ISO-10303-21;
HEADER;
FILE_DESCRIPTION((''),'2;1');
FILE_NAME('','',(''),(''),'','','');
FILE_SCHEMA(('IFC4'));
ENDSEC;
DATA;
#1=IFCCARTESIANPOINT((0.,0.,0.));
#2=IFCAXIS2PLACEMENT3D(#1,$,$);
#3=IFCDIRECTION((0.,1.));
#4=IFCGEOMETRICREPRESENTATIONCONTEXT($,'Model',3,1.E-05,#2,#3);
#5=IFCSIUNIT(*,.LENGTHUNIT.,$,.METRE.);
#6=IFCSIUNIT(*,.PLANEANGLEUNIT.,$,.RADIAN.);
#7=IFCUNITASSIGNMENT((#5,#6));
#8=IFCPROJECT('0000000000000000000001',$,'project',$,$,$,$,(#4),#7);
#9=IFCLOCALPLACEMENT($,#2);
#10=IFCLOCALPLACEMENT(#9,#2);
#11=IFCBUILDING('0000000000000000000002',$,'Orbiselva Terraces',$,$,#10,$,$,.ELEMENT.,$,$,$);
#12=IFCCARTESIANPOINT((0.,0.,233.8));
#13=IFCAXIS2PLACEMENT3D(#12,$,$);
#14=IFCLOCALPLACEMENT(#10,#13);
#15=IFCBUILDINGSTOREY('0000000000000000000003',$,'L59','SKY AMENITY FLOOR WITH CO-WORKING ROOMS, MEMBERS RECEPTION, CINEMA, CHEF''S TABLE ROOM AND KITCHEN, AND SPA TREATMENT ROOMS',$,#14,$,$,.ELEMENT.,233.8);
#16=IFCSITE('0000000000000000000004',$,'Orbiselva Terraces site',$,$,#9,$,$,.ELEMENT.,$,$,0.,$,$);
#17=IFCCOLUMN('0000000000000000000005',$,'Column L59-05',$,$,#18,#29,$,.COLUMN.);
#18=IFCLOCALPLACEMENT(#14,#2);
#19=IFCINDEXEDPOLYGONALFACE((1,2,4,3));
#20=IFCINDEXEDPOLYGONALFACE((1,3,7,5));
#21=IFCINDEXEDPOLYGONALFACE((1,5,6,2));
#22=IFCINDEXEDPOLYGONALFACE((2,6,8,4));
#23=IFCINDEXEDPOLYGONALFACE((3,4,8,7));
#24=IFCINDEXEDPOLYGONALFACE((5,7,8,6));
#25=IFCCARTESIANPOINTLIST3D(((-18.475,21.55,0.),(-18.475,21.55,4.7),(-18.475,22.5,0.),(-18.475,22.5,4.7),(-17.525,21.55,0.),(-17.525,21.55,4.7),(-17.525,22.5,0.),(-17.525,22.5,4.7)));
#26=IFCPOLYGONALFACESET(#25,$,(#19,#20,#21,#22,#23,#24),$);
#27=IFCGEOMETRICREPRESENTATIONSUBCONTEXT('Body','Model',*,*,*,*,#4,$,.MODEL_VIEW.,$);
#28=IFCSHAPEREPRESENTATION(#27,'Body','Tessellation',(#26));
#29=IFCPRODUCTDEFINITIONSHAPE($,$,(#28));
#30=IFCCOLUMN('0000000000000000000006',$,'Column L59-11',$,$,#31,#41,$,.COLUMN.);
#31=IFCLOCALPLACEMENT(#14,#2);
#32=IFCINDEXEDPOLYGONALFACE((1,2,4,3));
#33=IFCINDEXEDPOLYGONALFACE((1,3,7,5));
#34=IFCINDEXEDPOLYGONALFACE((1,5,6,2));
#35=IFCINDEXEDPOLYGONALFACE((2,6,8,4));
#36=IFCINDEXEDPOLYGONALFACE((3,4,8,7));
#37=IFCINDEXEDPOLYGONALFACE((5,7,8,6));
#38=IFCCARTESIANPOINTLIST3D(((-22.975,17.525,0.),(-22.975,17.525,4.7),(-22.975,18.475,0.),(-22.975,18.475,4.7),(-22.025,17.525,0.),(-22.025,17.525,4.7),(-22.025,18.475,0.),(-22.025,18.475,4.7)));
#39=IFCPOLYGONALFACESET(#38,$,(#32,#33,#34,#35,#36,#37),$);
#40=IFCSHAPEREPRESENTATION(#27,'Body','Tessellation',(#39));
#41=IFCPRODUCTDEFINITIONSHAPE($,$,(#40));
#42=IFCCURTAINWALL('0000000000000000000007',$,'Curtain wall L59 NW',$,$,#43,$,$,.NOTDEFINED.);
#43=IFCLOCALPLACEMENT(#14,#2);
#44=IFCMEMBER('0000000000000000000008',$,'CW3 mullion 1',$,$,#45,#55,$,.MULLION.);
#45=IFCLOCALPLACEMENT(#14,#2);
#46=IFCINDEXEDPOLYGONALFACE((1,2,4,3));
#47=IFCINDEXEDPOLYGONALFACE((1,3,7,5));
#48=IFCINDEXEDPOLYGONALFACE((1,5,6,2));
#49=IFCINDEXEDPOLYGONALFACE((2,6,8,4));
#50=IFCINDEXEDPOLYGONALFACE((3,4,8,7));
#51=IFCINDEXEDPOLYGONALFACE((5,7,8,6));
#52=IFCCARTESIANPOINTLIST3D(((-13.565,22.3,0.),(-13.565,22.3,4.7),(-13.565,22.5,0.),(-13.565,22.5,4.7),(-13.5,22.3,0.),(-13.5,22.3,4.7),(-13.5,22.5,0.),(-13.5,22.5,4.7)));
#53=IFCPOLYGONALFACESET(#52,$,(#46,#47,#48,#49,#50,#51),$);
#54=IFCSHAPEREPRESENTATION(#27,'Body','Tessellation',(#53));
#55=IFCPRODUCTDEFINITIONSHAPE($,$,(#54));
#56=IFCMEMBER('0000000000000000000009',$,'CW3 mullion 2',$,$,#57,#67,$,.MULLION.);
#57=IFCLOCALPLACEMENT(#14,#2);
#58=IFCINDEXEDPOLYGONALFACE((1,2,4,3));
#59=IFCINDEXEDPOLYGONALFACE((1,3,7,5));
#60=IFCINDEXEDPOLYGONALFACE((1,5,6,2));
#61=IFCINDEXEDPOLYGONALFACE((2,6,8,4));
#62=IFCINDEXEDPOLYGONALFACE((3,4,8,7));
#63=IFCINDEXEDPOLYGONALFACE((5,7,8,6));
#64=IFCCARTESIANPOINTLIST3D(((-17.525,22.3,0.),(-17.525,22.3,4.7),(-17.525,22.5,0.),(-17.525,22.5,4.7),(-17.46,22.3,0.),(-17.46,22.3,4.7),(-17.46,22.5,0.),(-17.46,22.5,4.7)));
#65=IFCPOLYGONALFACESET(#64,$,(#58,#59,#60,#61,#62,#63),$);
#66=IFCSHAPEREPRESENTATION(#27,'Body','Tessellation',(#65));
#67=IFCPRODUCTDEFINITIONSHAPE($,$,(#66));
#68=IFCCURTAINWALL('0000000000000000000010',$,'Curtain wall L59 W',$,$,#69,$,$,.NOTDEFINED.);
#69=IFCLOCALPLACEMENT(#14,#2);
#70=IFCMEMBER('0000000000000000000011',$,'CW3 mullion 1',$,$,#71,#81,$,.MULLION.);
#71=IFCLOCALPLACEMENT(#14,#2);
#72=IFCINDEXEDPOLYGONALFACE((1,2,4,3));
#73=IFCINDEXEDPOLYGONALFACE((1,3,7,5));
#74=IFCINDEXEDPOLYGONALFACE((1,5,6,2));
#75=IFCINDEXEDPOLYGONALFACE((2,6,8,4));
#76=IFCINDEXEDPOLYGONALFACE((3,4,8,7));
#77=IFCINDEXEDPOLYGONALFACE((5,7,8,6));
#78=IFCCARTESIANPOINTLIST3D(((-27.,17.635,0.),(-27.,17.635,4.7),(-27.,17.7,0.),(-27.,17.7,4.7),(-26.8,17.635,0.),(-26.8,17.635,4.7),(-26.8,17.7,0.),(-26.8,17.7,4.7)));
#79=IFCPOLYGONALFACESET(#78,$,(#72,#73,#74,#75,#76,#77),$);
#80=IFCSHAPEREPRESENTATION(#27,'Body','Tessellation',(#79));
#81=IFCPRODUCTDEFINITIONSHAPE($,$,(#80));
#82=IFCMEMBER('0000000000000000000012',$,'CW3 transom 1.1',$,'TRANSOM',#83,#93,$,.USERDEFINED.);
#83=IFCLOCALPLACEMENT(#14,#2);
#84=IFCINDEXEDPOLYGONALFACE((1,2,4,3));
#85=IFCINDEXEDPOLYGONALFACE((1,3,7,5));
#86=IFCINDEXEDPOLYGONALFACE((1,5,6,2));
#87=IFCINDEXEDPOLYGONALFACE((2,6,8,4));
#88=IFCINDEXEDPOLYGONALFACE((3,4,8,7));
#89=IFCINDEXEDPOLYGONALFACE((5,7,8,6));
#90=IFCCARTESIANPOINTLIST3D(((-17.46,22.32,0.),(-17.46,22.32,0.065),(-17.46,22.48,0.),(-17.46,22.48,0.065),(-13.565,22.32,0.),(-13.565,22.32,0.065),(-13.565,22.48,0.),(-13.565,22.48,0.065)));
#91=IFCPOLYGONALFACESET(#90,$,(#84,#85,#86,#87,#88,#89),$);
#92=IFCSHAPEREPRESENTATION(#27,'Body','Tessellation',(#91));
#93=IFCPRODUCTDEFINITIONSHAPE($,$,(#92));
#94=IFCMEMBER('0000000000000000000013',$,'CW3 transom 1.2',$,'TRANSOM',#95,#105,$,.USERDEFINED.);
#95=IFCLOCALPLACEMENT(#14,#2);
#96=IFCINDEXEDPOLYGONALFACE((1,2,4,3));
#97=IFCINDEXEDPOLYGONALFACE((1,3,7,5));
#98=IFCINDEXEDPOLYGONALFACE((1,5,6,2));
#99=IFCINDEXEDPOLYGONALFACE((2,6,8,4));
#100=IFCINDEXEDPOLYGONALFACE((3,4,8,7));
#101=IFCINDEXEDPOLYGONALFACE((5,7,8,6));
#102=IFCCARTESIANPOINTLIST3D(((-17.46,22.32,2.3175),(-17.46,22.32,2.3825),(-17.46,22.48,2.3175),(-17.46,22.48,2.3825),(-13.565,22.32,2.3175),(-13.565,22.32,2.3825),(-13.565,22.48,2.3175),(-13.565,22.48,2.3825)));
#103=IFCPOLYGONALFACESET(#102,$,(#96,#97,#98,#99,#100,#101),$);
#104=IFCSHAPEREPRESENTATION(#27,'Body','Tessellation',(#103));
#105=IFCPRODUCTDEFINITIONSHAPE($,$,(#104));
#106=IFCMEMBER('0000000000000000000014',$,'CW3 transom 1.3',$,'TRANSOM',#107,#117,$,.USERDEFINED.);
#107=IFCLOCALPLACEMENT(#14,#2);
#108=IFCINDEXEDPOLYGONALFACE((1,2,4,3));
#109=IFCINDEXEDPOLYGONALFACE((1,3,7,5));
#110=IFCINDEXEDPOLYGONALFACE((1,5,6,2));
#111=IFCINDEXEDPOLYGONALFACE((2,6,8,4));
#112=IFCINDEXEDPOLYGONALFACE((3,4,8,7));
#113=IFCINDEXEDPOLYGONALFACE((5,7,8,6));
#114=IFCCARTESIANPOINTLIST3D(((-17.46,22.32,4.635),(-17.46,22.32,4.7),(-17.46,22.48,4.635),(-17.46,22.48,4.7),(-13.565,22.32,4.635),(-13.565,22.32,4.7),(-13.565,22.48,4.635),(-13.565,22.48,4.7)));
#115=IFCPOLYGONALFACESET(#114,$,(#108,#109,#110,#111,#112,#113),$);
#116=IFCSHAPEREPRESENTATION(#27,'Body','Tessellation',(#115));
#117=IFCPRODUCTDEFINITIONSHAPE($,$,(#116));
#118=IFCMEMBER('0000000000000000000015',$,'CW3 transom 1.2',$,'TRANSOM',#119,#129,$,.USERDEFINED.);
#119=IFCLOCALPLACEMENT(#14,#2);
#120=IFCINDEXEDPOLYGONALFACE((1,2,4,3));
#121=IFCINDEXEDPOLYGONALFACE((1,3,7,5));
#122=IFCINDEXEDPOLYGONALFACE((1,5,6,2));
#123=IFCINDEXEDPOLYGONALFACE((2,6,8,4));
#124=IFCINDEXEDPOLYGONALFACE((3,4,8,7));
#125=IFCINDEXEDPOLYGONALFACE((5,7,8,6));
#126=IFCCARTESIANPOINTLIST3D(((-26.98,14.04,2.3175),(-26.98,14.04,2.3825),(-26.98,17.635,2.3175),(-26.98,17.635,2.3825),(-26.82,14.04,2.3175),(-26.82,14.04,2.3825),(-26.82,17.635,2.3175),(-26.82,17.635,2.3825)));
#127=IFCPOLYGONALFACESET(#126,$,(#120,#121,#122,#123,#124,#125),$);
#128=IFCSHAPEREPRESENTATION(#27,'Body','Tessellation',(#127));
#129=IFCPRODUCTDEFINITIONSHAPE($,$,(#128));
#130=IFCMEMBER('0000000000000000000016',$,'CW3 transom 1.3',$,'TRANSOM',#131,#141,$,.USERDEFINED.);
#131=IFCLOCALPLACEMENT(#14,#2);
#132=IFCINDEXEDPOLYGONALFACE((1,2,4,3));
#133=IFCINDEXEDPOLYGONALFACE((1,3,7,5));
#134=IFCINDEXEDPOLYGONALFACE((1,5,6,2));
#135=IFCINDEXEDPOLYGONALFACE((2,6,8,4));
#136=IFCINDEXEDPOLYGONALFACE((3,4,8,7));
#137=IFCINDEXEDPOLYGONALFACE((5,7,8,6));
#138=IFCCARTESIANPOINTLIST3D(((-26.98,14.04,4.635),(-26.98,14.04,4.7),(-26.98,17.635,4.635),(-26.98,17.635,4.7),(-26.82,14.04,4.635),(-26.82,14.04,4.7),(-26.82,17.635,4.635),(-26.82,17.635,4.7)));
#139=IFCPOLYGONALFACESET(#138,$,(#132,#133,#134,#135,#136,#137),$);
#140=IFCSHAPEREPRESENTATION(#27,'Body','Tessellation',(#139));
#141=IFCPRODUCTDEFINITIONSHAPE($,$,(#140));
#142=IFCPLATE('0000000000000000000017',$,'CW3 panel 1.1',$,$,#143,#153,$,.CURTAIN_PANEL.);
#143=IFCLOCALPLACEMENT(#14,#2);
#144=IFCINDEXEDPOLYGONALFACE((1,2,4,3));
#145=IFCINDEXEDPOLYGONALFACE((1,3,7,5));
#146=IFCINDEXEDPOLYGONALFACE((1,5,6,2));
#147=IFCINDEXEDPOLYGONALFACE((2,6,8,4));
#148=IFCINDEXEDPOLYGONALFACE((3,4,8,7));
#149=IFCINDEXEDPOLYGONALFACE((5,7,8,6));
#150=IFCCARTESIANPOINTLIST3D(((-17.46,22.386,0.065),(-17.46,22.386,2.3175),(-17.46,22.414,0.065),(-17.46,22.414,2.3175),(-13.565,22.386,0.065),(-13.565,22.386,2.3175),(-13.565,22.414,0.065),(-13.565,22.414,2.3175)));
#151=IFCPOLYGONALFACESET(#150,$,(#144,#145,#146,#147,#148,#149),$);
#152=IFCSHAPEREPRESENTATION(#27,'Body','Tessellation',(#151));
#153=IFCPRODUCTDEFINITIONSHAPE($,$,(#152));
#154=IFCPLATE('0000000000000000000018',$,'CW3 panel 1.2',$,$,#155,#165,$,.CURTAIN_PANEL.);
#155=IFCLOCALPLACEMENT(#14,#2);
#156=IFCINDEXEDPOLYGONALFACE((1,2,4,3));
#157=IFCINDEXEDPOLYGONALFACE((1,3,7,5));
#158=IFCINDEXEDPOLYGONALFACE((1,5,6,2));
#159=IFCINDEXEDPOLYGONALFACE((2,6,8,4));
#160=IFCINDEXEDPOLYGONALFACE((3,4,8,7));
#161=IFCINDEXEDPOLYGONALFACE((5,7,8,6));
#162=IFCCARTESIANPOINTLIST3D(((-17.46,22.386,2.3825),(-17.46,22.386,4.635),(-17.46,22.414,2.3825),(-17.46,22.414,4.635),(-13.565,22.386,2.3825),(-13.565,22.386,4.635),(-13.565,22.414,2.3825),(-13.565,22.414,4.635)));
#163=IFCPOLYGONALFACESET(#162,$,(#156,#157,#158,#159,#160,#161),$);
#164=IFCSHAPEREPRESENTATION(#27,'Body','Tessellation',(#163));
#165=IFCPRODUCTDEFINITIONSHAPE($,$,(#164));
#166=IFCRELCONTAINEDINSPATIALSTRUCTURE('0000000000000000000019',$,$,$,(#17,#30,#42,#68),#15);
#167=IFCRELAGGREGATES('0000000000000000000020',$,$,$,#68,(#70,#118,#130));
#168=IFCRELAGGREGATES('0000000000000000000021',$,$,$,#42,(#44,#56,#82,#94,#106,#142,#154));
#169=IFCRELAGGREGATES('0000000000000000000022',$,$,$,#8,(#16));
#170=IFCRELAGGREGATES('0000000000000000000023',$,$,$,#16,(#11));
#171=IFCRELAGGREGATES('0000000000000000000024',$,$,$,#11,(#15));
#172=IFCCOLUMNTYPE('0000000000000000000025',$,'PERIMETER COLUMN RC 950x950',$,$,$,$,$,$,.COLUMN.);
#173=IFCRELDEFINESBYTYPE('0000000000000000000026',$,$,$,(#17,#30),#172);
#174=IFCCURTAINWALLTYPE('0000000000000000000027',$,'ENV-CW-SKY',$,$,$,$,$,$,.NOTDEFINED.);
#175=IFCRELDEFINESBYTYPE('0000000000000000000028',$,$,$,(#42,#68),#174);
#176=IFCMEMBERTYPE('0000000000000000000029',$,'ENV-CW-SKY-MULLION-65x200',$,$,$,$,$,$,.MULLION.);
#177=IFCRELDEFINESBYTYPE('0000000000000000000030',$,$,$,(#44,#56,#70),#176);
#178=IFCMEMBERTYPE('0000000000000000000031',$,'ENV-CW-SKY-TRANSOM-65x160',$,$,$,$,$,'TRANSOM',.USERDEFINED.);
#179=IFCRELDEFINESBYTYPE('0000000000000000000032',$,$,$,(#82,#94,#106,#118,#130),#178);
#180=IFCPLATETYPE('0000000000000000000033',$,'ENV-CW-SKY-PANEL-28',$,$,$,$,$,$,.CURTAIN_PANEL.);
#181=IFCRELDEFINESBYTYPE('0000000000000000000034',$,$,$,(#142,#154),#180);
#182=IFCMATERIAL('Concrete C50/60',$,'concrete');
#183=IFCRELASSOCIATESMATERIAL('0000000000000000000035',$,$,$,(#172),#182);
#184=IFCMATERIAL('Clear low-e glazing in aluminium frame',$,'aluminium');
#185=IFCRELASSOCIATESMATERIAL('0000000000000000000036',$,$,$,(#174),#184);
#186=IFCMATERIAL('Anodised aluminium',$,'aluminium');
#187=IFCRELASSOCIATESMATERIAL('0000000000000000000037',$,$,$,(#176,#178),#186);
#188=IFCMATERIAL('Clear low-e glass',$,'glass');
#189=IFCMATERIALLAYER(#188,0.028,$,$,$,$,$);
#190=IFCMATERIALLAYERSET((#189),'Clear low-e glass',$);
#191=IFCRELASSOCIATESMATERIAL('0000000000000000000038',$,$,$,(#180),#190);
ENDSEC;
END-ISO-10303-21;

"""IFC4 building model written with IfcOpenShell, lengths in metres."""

from ifc_helpers import new_model, si_unit, direction, frame, origin, origin_2d, place, context, subcontext, project, spatial, rectangle, extrude, material, layer, layer_set, material_profile, profile_set, type_object, element, aggregate, save


model = new_model("IFC4")

# Units and contexts
model_context = context("Model", 3, precision=1e-05, world=origin(), true_north=direction((0.0, 1.0)))
body_context = subcontext(model_context, "Body", "Model", "MODEL_VIEW")
ifc_project = project(units=[si_unit("LENGTHUNIT", "METRE"), si_unit("PLANEANGLEUNIT", "RADIAN")], contexts=[model_context])

# Site, building, storey
site_placement = place(None, origin())
site = spatial("IfcSite", under=ifc_project, at=site_placement, Name="Orbiselva Terraces site", CompositionType="ELEMENT", RefElevation=0.0)
building_placement = place(site_placement, origin())
building = spatial("IfcBuilding", under=site, at=building_placement, Name="Orbiselva Terraces", CompositionType="ELEMENT")
storey_placement = place(building_placement, frame((0.0, 0.0, 233.8)))
storey = spatial("IfcBuildingStorey", under=building, at=storey_placement, Name="L59", Description="SKY AMENITY FLOOR WITH CO-WORKING ROOMS, MEMBERS RECEPTION, CINEMA, CHEF'S TABLE ROOM AND KITCHEN, AND SPA TREATMENT ROOMS", CompositionType="ELEMENT", Elevation=233.8)

# Columns
ifc_material_1 = material(Name="Concrete C50/60", Category="concrete")
ifc_material_profile_1 = material_profile(ifc_material_1, rectangle(XDim=0.95, YDim=0.95, at=origin_2d()), Name="RC 950x950")
ifc_profile_set_1 = profile_set([ifc_material_profile_1], Name="Concrete C50/60")
column_type = type_object("IfcColumnType", Name="PERIMETER COLUMN RC 950x950", PredefinedType="COLUMN", material=ifc_profile_set_1)
for number, where, z_axis, x_axis, name in (
    (1, (-18.0, 22.025, 0.0), (0.0, 0.0, 1.0), (1.0, 0.0, 0.0), "Column L59-05"),
    (2, (-22.5, 18.0, 0.0), (0.0, 0.0, 1.0), (1.0, 0.0, 0.0), "Column L59-11"),
):
    element("IfcColumn", number, at=place(storey_placement, frame(where, z_axis=z_axis, x_axis=x_axis)), inside=storey, type_object=column_type, Name=name, PredefinedType="COLUMN", context=body_context, shape_type="SweptSolid", body=[
        extrude(rectangle(XDim=0.95, YDim=0.95, at=origin_2d()), origin(), (0.0, 0.0, 1.0), 4.7),
    ])

# Curtain wall, members
ifc_material_2 = material(Name="Clear low-e glazing in aluminium frame", Category="aluminium")
curtain_wall_type = type_object("IfcCurtainWallType", Name="ENV-CW-SKY", PredefinedType="NOTDEFINED", material=ifc_material_2)
curtain_wall_1_placement = place(storey_placement, origin())
curtain_wall_1 = element("IfcCurtainWall", 3, at=curtain_wall_1_placement, inside=storey, type_object=curtain_wall_type, Name="Curtain wall L59 NW", PredefinedType="NOTDEFINED")
ifc_material_3 = material(Name="Anodised aluminium", Category="aluminium")
ifc_material_profile_2 = material_profile(ifc_material_3, rectangle(XDim=0.2, YDim=0.065, at=origin_2d()), Name="AL 65x200")
ifc_profile_set_2 = profile_set([ifc_material_profile_2], Name="Anodised aluminium")
member_type_1 = type_object("IfcMemberType", Name="ENV-CW-SKY-MULLION-65x200", PredefinedType="MULLION", material=ifc_profile_set_2)
member_1_placement = place(storey_placement, frame((-13.5325, 22.4, 0.0), z_axis=(0.0, 0.0, 1.0), x_axis=(0.0, -1.0, 0.0)))
member_1 = element("IfcMember", 4, at=member_1_placement, type_object=member_type_1, Name="CW3 mullion 1", PredefinedType="MULLION", context=body_context, shape_type="SweptSolid", body=[
    extrude(rectangle(XDim=0.2, YDim=0.065, at=origin_2d()), origin(), (0.0, 0.0, 1.0), 4.7),
])
member_2_placement = place(storey_placement, frame((-17.4925, 22.4, 0.0), z_axis=(0.0, 0.0, 1.0), x_axis=(0.0, -1.0, 0.0)))
member_2 = element("IfcMember", 5, at=member_2_placement, type_object=member_type_1, Name="CW3 mullion 2", PredefinedType="MULLION", context=body_context, shape_type="SweptSolid", body=[
    extrude(rectangle(XDim=0.2, YDim=0.065, at=origin_2d()), origin(), (0.0, 0.0, 1.0), 4.7),
])

# Curtain wall, member
curtain_wall_2_placement = place(storey_placement, origin())
curtain_wall_2 = element("IfcCurtainWall", 6, at=curtain_wall_2_placement, inside=storey, type_object=curtain_wall_type, Name="Curtain wall L59 W", PredefinedType="NOTDEFINED")
member_3_placement = place(storey_placement, frame((-26.9, 17.6675, 0.0), z_axis=(0.0, 0.0, 1.0), x_axis=(1.0, 0.0, 0.0)))
member_3 = element("IfcMember", 7, at=member_3_placement, type_object=member_type_1, Name="CW3 mullion 1", PredefinedType="MULLION", context=body_context, shape_type="SweptSolid", body=[
    extrude(rectangle(XDim=0.2, YDim=0.065, at=origin_2d()), origin(), (0.0, 0.0, 1.0), 4.7),
])

# Members
ifc_material_profile_3 = material_profile(ifc_material_3, rectangle(XDim=0.16, YDim=0.065, at=origin_2d()), Name="AL 65x160")
ifc_profile_set_3 = profile_set([ifc_material_profile_3], Name="Anodised aluminium")
member_type_2 = type_object("IfcMemberType", Name="ENV-CW-SKY-TRANSOM-65x160", ElementType="TRANSOM", PredefinedType="USERDEFINED", material=ifc_profile_set_3)
member_4_placement = place(storey_placement, frame((-13.565, 22.4, 0.0325), z_axis=(-1.0, 0.0, 0.0), x_axis=(0.0, -1.0, 0.0)))
member_4 = element("IfcMember", 8, at=member_4_placement, type_object=member_type_2, Name="CW3 transom 1.1", ObjectType="TRANSOM", PredefinedType="USERDEFINED", context=body_context, shape_type="SweptSolid", body=[
    extrude(rectangle(XDim=0.16, YDim=0.065, at=origin_2d()), origin(), (0.0, 0.0, 1.0), 3.895),
])
member_5_placement = place(storey_placement, frame((-13.565, 22.4, 2.35), z_axis=(-1.0, 0.0, 0.0), x_axis=(0.0, -1.0, 0.0)))
member_5 = element("IfcMember", 9, at=member_5_placement, type_object=member_type_2, Name="CW3 transom 1.2", ObjectType="TRANSOM", PredefinedType="USERDEFINED", context=body_context, shape_type="SweptSolid", body=[
    extrude(rectangle(XDim=0.16, YDim=0.065, at=origin_2d()), origin(), (0.0, 0.0, 1.0), 3.895),
])
member_6_placement = place(storey_placement, frame((-13.565, 22.4, 4.6675), z_axis=(-1.0, 0.0, 0.0), x_axis=(0.0, -1.0, 0.0)))
member_6 = element("IfcMember", 10, at=member_6_placement, type_object=member_type_2, Name="CW3 transom 1.3", ObjectType="TRANSOM", PredefinedType="USERDEFINED", context=body_context, shape_type="SweptSolid", body=[
    extrude(rectangle(XDim=0.16, YDim=0.065, at=origin_2d()), origin(), (0.0, 0.0, 1.0), 3.895),
])
member_7_placement = place(storey_placement, frame((-26.9, 17.635, 2.35), z_axis=(0.0, -1.0, 0.0), x_axis=(1.0, 0.0, 0.0)))
member_7 = element("IfcMember", 11, at=member_7_placement, type_object=member_type_2, Name="CW3 transom 1.2", ObjectType="TRANSOM", PredefinedType="USERDEFINED", context=body_context, shape_type="SweptSolid", body=[
    extrude(rectangle(XDim=0.16, YDim=0.065, at=origin_2d()), origin(), (0.0, 0.0, 1.0), 3.595),
])
member_8_placement = place(storey_placement, frame((-26.9, 17.635, 4.6675), z_axis=(0.0, -1.0, 0.0), x_axis=(1.0, 0.0, 0.0)))
member_8 = element("IfcMember", 12, at=member_8_placement, type_object=member_type_2, Name="CW3 transom 1.3", ObjectType="TRANSOM", PredefinedType="USERDEFINED", context=body_context, shape_type="SweptSolid", body=[
    extrude(rectangle(XDim=0.16, YDim=0.065, at=origin_2d()), origin(), (0.0, 0.0, 1.0), 3.595),
])
aggregate(curtain_wall_2, [member_3, member_7, member_8])

# Plates
ifc_material_4 = material(Name="Clear low-e glass", Category="glass")
ifc_layer_1 = layer(ifc_material_4, 0.028)
ifc_layer_set_1 = layer_set([ifc_layer_1], Name="Clear low-e glass")
plate_type = type_object("IfcPlateType", Name="ENV-CW-SKY-PANEL-28", PredefinedType="CURTAIN_PANEL", material=ifc_layer_set_1)
plate_1_placement = place(storey_placement, frame((-15.5125, 22.4, 0.065), z_axis=(0.0, 0.0, 1.0), x_axis=(-1.0, 0.0, 0.0)))
plate_1 = element("IfcPlate", 13, at=plate_1_placement, type_object=plate_type, Name="CW3 panel 1.1", PredefinedType="CURTAIN_PANEL", context=body_context, shape_type="SweptSolid", body=[
    extrude(rectangle(XDim=3.895, YDim=0.028, at=origin_2d()), origin(), (0.0, 0.0, 1.0), 2.2525),
])
plate_2_placement = place(storey_placement, frame((-15.5125, 22.4, 2.3825), z_axis=(0.0, 0.0, 1.0), x_axis=(-1.0, 0.0, 0.0)))
plate_2 = element("IfcPlate", 14, at=plate_2_placement, type_object=plate_type, Name="CW3 panel 1.2", PredefinedType="CURTAIN_PANEL", context=body_context, shape_type="SweptSolid", body=[
    extrude(rectangle(XDim=3.895, YDim=0.028, at=origin_2d()), origin(), (0.0, 0.0, 1.0), 2.2525),
])
aggregate(curtain_wall_1, [member_1, member_2, member_4, member_5, member_6, plate_1, plate_2])

save(model, "model.ifc")
